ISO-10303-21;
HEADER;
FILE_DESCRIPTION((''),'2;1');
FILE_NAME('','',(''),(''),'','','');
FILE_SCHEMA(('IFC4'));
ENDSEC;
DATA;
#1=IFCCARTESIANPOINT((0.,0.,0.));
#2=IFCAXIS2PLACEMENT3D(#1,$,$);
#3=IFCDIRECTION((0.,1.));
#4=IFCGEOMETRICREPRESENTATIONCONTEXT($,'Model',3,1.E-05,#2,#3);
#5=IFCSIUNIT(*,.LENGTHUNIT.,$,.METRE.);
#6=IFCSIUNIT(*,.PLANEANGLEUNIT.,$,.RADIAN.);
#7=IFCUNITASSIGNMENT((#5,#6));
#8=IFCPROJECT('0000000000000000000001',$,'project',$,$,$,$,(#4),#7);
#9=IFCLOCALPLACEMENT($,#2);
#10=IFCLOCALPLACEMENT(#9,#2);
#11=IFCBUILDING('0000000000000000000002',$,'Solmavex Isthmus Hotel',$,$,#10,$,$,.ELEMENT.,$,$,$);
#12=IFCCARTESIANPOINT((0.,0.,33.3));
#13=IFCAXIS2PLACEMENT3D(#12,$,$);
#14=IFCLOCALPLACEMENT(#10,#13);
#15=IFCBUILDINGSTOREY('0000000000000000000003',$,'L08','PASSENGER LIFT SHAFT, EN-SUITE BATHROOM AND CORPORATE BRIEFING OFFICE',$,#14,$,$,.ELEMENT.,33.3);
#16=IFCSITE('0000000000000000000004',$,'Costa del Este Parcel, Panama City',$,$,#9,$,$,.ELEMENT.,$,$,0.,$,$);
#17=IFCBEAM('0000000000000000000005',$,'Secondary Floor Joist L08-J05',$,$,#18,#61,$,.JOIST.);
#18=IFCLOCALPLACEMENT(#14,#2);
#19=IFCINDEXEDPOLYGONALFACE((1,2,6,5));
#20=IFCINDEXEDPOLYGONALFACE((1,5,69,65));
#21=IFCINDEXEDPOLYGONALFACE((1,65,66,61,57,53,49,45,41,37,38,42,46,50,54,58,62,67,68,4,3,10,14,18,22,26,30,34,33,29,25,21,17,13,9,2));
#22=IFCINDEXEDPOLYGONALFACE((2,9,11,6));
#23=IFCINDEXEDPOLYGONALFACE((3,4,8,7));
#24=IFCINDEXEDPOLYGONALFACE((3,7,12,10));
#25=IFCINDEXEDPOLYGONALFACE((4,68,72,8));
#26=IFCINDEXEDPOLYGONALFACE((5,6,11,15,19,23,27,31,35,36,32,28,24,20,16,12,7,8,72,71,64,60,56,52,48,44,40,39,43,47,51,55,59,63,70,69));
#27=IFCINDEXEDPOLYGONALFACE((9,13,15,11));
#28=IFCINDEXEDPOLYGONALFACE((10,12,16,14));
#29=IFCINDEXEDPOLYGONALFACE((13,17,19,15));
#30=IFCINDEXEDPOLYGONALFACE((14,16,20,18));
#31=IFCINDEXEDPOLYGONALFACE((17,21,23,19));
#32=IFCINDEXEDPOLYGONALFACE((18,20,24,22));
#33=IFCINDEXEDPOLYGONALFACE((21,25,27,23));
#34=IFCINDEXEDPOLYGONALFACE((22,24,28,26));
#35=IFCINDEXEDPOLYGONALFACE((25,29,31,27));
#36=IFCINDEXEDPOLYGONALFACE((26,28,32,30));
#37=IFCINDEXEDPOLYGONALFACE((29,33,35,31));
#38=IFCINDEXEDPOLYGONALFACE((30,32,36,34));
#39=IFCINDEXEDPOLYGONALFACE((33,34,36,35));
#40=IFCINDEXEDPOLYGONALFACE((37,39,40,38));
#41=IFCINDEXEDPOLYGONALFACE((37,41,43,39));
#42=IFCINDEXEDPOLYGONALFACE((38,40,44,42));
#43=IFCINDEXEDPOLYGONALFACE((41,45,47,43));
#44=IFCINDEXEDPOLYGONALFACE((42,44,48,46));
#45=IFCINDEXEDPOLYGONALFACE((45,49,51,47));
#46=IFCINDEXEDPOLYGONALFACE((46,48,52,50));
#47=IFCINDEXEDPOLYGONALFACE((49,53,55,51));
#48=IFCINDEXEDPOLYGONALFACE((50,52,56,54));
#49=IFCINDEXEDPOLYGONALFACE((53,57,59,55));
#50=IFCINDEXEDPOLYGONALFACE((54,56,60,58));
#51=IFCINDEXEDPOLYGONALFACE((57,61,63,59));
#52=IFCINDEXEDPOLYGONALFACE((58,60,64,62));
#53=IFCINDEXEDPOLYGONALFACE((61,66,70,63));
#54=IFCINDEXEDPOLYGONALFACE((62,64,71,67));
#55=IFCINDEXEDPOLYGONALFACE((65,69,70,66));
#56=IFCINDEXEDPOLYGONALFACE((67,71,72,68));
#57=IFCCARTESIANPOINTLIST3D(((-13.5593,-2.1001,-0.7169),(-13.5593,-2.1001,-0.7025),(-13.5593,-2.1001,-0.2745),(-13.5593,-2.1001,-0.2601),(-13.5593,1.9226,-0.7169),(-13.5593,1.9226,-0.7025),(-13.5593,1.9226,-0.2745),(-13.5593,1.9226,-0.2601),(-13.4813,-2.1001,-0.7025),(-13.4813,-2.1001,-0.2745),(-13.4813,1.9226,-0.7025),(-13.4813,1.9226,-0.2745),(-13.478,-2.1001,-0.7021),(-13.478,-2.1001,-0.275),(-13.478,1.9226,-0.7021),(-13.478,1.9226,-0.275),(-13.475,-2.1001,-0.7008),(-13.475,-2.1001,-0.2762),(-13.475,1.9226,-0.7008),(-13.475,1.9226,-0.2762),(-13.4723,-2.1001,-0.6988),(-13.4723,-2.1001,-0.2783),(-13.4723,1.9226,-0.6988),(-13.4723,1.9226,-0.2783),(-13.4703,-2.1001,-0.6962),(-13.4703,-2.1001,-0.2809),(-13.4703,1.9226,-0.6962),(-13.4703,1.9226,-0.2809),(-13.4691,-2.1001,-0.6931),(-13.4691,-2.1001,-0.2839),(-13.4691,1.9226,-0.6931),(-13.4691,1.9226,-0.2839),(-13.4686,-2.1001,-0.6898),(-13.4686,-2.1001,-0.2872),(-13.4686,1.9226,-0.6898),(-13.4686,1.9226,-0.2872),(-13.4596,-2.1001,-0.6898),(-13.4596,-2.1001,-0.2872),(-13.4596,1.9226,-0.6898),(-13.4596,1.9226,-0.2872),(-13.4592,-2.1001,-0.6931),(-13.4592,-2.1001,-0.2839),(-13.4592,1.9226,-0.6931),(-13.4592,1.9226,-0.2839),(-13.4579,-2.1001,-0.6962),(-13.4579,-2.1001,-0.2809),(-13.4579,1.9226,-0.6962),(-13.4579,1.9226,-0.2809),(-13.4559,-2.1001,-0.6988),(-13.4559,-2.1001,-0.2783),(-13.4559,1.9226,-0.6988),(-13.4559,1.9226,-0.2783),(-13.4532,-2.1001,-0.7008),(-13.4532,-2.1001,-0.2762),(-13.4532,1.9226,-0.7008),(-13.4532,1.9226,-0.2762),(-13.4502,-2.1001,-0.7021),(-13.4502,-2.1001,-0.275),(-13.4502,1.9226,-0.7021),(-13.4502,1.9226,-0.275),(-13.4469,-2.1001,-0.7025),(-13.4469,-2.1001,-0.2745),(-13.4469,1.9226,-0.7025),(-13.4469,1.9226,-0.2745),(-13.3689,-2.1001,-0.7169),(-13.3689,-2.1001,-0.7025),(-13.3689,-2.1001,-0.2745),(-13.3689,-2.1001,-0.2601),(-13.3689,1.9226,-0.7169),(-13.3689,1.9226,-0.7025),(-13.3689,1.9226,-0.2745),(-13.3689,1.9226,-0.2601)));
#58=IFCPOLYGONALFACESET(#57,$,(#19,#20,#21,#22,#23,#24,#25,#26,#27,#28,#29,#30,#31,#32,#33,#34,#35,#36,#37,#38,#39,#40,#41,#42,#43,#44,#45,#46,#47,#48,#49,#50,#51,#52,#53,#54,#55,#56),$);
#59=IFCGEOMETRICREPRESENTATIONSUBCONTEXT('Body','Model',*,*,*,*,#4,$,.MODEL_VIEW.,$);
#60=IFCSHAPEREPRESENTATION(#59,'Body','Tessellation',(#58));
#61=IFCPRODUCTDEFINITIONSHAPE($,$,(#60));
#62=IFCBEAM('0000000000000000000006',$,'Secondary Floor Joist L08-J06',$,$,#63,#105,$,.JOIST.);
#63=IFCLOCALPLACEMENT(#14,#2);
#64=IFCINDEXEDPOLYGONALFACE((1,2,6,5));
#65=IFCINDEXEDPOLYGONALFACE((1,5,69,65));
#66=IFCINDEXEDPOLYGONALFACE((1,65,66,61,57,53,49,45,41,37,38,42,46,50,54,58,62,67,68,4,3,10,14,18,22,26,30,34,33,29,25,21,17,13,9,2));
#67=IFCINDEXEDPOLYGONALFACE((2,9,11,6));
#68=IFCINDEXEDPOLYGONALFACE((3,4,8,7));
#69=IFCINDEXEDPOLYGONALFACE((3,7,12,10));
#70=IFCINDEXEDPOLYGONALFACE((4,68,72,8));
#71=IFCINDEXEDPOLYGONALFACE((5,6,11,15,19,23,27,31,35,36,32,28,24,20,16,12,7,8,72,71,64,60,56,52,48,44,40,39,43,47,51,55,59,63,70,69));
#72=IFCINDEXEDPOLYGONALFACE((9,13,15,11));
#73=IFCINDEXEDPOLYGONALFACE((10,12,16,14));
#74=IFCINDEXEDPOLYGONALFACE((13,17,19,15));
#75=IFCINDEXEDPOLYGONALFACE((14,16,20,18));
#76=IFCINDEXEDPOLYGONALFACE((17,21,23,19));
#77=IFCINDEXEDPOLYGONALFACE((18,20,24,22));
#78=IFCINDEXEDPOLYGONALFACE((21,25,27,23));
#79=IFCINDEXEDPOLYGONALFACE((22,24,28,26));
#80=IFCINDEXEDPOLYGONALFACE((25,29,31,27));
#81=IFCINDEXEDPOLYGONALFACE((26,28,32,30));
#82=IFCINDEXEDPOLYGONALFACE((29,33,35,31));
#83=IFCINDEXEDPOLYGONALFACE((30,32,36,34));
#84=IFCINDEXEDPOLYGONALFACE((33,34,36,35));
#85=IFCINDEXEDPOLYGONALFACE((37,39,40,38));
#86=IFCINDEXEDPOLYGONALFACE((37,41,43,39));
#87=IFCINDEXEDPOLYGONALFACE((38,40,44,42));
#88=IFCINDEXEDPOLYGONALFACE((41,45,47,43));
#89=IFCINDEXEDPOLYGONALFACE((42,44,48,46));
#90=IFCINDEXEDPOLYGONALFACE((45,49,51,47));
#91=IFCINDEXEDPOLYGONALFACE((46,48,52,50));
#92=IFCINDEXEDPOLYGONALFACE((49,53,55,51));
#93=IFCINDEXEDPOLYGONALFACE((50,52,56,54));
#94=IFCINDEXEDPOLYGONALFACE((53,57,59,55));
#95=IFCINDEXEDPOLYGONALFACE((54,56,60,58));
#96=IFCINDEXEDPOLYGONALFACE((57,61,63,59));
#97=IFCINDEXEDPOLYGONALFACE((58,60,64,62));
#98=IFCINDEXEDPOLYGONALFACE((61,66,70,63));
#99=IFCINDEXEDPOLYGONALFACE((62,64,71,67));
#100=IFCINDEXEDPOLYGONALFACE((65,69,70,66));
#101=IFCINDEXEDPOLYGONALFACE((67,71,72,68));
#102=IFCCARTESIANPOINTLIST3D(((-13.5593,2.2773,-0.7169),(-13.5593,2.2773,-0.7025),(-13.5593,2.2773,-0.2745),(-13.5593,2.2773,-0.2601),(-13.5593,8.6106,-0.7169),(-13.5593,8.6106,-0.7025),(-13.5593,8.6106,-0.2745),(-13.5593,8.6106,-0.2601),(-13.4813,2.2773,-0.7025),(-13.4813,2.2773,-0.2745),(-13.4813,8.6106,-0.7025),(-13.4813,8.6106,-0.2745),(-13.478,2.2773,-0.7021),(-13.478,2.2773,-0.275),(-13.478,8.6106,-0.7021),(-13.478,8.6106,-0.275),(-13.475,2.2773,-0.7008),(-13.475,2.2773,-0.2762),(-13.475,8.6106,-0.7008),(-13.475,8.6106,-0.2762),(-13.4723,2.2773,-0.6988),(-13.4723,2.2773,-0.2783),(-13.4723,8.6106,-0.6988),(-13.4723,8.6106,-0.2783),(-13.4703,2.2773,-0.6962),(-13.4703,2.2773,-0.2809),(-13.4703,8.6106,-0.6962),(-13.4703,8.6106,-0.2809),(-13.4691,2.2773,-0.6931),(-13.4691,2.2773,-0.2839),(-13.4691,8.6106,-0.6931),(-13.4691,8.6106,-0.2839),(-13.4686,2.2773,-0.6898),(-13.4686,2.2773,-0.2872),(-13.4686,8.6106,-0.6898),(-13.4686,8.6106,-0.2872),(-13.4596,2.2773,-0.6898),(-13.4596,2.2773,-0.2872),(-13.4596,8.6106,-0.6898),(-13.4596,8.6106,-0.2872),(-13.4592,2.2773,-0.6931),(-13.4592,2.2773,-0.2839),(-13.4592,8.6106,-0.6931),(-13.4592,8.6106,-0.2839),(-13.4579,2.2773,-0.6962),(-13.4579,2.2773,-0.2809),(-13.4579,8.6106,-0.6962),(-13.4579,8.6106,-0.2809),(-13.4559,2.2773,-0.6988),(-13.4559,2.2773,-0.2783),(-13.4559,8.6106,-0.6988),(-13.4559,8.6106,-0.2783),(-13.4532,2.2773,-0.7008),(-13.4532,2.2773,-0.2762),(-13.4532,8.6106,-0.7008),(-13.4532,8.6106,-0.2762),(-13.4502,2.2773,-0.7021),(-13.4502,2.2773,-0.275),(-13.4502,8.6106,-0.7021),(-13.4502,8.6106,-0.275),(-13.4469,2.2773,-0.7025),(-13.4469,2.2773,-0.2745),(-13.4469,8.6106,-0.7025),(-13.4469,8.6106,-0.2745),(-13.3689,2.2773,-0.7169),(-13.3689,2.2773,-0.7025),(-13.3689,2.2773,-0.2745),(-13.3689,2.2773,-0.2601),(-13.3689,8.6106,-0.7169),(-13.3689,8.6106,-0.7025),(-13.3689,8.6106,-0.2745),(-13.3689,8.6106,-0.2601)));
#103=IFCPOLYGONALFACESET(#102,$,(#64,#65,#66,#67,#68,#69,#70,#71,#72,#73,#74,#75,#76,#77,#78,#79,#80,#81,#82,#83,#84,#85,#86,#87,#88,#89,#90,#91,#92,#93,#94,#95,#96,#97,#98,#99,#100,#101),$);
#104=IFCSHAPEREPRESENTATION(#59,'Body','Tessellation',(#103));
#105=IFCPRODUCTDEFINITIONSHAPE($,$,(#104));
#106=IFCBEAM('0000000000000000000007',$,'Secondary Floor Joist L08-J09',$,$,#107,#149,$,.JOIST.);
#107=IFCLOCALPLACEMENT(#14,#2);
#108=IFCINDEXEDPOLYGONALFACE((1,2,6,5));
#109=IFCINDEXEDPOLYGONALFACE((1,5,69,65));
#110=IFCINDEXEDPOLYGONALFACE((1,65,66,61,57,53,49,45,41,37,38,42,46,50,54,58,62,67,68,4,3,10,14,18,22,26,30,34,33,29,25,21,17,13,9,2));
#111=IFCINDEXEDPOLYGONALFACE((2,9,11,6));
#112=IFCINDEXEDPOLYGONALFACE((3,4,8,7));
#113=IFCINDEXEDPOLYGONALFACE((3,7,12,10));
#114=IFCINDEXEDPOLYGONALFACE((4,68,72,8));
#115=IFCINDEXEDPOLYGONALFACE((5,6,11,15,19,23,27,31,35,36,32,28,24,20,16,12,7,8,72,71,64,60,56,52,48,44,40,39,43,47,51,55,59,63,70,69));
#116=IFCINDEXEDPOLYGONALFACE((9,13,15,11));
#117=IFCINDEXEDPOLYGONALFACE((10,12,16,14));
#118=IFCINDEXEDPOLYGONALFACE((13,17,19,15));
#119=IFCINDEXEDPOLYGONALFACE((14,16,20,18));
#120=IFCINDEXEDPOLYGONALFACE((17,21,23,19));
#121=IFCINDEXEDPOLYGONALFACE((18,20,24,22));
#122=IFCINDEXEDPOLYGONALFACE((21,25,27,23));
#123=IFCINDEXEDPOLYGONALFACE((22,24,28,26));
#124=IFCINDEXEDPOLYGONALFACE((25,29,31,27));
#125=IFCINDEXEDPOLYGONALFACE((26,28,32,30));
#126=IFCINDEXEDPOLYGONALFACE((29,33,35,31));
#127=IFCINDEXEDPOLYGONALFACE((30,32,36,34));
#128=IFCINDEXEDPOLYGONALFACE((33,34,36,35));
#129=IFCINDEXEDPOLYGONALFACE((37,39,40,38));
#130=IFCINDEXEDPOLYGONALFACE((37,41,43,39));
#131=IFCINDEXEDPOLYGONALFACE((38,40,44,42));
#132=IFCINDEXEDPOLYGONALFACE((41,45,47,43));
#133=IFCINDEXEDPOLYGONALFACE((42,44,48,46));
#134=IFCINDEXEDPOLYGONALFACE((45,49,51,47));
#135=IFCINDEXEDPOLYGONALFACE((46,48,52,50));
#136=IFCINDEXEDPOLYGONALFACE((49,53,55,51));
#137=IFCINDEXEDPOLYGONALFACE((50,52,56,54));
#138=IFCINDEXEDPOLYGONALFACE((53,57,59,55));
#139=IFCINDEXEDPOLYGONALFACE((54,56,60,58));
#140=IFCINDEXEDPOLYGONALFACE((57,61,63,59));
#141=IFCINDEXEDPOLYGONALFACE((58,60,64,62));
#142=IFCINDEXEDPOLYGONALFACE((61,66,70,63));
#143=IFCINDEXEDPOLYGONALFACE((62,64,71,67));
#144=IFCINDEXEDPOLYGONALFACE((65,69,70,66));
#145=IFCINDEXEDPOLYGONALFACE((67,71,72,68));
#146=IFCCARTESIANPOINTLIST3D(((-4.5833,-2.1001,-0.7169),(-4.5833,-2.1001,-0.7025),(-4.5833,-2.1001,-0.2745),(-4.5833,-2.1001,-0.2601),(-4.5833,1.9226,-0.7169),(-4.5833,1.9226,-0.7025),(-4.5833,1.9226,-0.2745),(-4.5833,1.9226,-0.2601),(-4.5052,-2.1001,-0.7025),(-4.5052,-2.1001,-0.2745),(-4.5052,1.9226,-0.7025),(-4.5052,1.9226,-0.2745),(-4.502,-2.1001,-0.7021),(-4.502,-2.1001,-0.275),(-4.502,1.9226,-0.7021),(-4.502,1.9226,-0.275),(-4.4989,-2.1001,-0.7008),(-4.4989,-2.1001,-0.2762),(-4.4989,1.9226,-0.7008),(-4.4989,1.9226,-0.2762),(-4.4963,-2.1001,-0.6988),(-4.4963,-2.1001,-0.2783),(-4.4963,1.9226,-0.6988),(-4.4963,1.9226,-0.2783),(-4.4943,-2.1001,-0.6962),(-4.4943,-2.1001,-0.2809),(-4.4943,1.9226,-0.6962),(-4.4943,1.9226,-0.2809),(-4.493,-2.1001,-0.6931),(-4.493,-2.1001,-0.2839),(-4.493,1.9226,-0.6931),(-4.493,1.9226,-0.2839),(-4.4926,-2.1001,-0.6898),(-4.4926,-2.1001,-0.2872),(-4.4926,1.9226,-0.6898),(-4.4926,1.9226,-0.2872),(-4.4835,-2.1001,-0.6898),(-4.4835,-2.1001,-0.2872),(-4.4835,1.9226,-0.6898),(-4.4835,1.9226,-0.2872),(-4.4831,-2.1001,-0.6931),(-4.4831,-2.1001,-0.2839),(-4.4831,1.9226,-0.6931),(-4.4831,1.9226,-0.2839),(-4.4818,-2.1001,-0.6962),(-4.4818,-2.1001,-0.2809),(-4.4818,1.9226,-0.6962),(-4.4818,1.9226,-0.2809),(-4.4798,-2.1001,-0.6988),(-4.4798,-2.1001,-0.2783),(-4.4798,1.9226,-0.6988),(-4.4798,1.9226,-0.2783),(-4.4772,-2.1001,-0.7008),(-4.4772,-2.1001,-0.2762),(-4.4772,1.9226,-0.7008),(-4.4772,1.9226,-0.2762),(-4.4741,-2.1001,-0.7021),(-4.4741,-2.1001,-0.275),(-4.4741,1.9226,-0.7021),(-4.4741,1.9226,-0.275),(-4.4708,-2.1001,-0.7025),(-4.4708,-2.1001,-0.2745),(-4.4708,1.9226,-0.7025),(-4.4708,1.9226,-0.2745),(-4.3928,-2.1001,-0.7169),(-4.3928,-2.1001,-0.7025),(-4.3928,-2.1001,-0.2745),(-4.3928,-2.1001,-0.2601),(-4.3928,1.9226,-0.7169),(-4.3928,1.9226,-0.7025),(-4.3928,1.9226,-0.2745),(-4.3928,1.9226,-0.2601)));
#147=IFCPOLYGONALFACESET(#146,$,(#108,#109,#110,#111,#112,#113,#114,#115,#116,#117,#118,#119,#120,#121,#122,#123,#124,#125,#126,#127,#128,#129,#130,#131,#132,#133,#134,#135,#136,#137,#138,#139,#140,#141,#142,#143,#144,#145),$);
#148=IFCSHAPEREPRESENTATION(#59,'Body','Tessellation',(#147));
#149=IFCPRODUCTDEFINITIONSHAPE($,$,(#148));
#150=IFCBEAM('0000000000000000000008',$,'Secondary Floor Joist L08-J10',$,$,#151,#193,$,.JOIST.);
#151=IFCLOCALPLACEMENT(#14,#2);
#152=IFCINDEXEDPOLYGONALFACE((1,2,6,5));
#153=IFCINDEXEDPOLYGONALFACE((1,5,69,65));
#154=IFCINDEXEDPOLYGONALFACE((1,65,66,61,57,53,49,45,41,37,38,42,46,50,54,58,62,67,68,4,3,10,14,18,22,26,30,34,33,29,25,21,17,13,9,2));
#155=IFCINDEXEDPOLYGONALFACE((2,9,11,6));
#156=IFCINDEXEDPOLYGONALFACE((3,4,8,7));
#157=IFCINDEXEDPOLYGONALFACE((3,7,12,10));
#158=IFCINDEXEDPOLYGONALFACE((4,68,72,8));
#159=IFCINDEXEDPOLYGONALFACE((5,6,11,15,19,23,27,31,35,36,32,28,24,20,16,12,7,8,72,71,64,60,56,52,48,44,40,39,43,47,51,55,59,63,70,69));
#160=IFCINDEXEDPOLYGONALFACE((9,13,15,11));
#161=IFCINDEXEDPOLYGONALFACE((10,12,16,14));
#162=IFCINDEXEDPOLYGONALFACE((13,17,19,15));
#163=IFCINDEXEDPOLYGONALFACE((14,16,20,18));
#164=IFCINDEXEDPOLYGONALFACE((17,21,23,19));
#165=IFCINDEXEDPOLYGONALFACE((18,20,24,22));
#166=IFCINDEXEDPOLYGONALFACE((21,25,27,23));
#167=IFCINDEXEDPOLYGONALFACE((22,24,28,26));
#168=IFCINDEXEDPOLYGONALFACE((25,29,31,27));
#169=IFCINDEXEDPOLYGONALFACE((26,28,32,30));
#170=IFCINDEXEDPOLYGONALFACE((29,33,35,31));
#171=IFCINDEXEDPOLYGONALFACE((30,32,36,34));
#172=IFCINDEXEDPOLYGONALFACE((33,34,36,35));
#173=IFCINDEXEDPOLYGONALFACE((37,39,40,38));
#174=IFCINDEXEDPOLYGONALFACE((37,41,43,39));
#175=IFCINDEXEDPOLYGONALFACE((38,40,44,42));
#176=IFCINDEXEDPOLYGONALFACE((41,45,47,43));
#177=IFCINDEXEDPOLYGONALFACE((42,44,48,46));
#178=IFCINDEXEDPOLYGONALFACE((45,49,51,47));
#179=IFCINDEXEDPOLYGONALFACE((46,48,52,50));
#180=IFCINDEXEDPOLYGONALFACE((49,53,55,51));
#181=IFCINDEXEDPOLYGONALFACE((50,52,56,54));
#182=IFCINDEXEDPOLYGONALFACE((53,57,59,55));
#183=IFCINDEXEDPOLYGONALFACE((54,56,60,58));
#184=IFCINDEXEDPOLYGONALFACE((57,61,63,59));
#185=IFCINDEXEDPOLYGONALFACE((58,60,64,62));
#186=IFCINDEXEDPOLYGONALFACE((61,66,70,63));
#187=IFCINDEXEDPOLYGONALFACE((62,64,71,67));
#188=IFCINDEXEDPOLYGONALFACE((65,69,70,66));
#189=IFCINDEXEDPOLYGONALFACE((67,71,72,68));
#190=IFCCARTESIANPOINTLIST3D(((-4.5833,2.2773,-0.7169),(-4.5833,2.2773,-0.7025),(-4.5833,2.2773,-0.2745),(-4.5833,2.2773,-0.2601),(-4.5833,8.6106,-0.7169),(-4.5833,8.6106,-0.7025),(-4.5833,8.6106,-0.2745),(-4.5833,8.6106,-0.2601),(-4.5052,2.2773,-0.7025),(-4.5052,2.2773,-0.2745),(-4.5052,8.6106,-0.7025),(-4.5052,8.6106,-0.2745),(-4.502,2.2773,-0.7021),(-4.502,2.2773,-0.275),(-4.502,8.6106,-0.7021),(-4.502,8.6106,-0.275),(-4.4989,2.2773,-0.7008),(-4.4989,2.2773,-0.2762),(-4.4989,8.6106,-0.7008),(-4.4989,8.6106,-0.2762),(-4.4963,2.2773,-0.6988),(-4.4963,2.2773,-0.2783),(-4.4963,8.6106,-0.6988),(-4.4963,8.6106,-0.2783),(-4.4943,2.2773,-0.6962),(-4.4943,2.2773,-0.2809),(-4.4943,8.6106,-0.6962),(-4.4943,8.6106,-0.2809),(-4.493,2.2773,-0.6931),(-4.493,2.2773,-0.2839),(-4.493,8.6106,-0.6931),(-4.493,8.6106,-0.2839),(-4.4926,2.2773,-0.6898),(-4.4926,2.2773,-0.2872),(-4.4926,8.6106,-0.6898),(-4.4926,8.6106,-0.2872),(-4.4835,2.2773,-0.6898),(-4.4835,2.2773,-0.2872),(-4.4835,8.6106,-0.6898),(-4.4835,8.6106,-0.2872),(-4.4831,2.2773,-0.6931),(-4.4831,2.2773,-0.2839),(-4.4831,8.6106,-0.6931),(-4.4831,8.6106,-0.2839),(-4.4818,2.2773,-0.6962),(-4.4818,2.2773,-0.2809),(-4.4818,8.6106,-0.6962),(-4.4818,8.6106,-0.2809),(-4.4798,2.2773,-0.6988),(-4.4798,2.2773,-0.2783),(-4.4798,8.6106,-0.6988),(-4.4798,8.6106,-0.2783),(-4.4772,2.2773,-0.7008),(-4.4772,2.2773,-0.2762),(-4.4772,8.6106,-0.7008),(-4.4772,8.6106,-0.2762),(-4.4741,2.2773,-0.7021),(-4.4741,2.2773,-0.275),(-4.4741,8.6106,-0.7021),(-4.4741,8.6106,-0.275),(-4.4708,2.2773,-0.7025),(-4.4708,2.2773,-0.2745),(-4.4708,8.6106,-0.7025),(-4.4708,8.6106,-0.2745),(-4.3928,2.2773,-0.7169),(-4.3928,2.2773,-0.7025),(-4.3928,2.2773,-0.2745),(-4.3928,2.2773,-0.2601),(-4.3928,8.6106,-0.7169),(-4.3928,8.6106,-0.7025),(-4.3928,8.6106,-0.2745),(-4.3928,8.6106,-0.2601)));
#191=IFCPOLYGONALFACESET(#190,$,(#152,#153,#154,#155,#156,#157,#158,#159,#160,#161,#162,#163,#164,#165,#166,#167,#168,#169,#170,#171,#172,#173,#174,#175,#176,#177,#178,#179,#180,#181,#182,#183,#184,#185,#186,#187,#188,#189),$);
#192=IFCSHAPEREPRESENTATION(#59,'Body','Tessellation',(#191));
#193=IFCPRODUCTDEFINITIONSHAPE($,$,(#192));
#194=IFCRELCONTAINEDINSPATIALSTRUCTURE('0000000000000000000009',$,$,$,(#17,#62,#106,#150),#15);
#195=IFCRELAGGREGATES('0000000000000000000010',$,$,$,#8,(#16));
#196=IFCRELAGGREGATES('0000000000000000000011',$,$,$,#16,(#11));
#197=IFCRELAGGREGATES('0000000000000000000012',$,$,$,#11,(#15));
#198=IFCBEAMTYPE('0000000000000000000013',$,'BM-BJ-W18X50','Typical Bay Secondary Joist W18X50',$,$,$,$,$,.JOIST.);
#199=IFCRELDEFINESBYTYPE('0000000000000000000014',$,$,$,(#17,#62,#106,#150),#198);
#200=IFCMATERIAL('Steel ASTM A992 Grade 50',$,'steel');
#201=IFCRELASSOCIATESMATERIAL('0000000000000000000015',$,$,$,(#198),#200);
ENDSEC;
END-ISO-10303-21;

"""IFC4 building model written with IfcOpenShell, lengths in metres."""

from ifc_helpers import new_model, si_unit, direction, frame, origin, origin_2d, place, context, subcontext, project, spatial, i_section, extrude, material, material_profile, profile_set, type_object, element, save


model = new_model("IFC4")

# Units and contexts
model_context = context("Model", 3, precision=1e-05, world=origin(), true_north=direction((0.0, 1.0)))
body_context = subcontext(model_context, "Body", "Model", "MODEL_VIEW")
ifc_project = project(units=[si_unit("LENGTHUNIT", "METRE"), si_unit("PLANEANGLEUNIT", "RADIAN")], contexts=[model_context])

# Site, building, storey
site_placement = place(None, origin())
site = spatial("IfcSite", under=ifc_project, at=site_placement, Name="Costa del Este Parcel, Panama City", CompositionType="ELEMENT", RefElevation=0.0)
building_placement = place(site_placement, origin())
building = spatial("IfcBuilding", under=site, at=building_placement, Name="Solmavex Isthmus Hotel", CompositionType="ELEMENT")
storey_placement = place(building_placement, frame((0.0, 0.0, 33.3)))
storey = spatial("IfcBuildingStorey", under=building, at=storey_placement, Name="L08", Description="PASSENGER LIFT SHAFT, EN-SUITE BATHROOM AND CORPORATE BRIEFING OFFICE", CompositionType="ELEMENT", Elevation=33.3)

# Beams
ifc_material_1 = material(Name="Steel ASTM A992 Grade 50", Category="steel")
ifc_material_profile_1 = material_profile(ifc_material_1, i_section(OverallWidth=0.1904, OverallDepth=0.4568, WebThickness=0.009, FlangeThickness=0.0144, FilletRadius=0.0127, at=origin_2d()), Name="W18X50")
ifc_profile_set_1 = profile_set([ifc_material_profile_1], Name="Steel ASTM A992 Grade 50")
beam_type_1 = type_object("IfcBeamType", Name="BM-BJ-W18X50", Description="Typical Bay Secondary Joist W18X50", PredefinedType="JOIST", material=ifc_profile_set_1)
beam_1_placement = place(storey_placement, frame((-13.4641, -2.1001, -0.4885), z_axis=(0.0, 1.0, 0.0), x_axis=(-1.0, 0.0, 0.0)))
element("IfcBeam", 1, at=beam_1_placement, inside=storey, type_object=beam_type_1, Name="Secondary Floor Joist L08-J05", PredefinedType="JOIST", context=body_context, shape_type="SweptSolid", body=[
    extrude(i_section(OverallWidth=0.1904, OverallDepth=0.4568, WebThickness=0.009, FlangeThickness=0.0144, FilletRadius=0.0127, at=origin_2d()), origin(), (0.0, 0.0, 1.0), 4.0227),
])
beam_2_placement = place(storey_placement, frame((-13.4641, 2.2773, -0.4885), z_axis=(0.0, 1.0, 0.0), x_axis=(-1.0, 0.0, 0.0)))
element("IfcBeam", 2, at=beam_2_placement, inside=storey, type_object=beam_type_1, Name="Secondary Floor Joist L08-J06", PredefinedType="JOIST", context=body_context, shape_type="SweptSolid", body=[
    extrude(i_section(OverallWidth=0.1904, OverallDepth=0.4568, WebThickness=0.009, FlangeThickness=0.0144, FilletRadius=0.0127, at=origin_2d()), origin(), (0.0, 0.0, 1.0), 6.3333),
])
beam_3_placement = place(storey_placement, frame((-4.488, -2.1001, -0.4885), z_axis=(0.0, 1.0, 0.0), x_axis=(-1.0, 0.0, 0.0)))
element("IfcBeam", 3, at=beam_3_placement, inside=storey, type_object=beam_type_1, Name="Secondary Floor Joist L08-J09", PredefinedType="JOIST", context=body_context, shape_type="SweptSolid", body=[
    extrude(i_section(OverallWidth=0.1904, OverallDepth=0.4568, WebThickness=0.009, FlangeThickness=0.0144, FilletRadius=0.0127, at=origin_2d()), origin(), (0.0, 0.0, 1.0), 4.0227),
])
beam_4_placement = place(storey_placement, frame((-4.488, 2.2773, -0.4885), z_axis=(0.0, 1.0, 0.0), x_axis=(-1.0, 0.0, 0.0)))
element("IfcBeam", 4, at=beam_4_placement, inside=storey, type_object=beam_type_1, Name="Secondary Floor Joist L08-J10", PredefinedType="JOIST", context=body_context, shape_type="SweptSolid", body=[
    extrude(i_section(OverallWidth=0.1904, OverallDepth=0.4568, WebThickness=0.009, FlangeThickness=0.0144, FilletRadius=0.0127, at=origin_2d()), origin(), (0.0, 0.0, 1.0), 6.3333),
])

save(model, "model.ifc")
